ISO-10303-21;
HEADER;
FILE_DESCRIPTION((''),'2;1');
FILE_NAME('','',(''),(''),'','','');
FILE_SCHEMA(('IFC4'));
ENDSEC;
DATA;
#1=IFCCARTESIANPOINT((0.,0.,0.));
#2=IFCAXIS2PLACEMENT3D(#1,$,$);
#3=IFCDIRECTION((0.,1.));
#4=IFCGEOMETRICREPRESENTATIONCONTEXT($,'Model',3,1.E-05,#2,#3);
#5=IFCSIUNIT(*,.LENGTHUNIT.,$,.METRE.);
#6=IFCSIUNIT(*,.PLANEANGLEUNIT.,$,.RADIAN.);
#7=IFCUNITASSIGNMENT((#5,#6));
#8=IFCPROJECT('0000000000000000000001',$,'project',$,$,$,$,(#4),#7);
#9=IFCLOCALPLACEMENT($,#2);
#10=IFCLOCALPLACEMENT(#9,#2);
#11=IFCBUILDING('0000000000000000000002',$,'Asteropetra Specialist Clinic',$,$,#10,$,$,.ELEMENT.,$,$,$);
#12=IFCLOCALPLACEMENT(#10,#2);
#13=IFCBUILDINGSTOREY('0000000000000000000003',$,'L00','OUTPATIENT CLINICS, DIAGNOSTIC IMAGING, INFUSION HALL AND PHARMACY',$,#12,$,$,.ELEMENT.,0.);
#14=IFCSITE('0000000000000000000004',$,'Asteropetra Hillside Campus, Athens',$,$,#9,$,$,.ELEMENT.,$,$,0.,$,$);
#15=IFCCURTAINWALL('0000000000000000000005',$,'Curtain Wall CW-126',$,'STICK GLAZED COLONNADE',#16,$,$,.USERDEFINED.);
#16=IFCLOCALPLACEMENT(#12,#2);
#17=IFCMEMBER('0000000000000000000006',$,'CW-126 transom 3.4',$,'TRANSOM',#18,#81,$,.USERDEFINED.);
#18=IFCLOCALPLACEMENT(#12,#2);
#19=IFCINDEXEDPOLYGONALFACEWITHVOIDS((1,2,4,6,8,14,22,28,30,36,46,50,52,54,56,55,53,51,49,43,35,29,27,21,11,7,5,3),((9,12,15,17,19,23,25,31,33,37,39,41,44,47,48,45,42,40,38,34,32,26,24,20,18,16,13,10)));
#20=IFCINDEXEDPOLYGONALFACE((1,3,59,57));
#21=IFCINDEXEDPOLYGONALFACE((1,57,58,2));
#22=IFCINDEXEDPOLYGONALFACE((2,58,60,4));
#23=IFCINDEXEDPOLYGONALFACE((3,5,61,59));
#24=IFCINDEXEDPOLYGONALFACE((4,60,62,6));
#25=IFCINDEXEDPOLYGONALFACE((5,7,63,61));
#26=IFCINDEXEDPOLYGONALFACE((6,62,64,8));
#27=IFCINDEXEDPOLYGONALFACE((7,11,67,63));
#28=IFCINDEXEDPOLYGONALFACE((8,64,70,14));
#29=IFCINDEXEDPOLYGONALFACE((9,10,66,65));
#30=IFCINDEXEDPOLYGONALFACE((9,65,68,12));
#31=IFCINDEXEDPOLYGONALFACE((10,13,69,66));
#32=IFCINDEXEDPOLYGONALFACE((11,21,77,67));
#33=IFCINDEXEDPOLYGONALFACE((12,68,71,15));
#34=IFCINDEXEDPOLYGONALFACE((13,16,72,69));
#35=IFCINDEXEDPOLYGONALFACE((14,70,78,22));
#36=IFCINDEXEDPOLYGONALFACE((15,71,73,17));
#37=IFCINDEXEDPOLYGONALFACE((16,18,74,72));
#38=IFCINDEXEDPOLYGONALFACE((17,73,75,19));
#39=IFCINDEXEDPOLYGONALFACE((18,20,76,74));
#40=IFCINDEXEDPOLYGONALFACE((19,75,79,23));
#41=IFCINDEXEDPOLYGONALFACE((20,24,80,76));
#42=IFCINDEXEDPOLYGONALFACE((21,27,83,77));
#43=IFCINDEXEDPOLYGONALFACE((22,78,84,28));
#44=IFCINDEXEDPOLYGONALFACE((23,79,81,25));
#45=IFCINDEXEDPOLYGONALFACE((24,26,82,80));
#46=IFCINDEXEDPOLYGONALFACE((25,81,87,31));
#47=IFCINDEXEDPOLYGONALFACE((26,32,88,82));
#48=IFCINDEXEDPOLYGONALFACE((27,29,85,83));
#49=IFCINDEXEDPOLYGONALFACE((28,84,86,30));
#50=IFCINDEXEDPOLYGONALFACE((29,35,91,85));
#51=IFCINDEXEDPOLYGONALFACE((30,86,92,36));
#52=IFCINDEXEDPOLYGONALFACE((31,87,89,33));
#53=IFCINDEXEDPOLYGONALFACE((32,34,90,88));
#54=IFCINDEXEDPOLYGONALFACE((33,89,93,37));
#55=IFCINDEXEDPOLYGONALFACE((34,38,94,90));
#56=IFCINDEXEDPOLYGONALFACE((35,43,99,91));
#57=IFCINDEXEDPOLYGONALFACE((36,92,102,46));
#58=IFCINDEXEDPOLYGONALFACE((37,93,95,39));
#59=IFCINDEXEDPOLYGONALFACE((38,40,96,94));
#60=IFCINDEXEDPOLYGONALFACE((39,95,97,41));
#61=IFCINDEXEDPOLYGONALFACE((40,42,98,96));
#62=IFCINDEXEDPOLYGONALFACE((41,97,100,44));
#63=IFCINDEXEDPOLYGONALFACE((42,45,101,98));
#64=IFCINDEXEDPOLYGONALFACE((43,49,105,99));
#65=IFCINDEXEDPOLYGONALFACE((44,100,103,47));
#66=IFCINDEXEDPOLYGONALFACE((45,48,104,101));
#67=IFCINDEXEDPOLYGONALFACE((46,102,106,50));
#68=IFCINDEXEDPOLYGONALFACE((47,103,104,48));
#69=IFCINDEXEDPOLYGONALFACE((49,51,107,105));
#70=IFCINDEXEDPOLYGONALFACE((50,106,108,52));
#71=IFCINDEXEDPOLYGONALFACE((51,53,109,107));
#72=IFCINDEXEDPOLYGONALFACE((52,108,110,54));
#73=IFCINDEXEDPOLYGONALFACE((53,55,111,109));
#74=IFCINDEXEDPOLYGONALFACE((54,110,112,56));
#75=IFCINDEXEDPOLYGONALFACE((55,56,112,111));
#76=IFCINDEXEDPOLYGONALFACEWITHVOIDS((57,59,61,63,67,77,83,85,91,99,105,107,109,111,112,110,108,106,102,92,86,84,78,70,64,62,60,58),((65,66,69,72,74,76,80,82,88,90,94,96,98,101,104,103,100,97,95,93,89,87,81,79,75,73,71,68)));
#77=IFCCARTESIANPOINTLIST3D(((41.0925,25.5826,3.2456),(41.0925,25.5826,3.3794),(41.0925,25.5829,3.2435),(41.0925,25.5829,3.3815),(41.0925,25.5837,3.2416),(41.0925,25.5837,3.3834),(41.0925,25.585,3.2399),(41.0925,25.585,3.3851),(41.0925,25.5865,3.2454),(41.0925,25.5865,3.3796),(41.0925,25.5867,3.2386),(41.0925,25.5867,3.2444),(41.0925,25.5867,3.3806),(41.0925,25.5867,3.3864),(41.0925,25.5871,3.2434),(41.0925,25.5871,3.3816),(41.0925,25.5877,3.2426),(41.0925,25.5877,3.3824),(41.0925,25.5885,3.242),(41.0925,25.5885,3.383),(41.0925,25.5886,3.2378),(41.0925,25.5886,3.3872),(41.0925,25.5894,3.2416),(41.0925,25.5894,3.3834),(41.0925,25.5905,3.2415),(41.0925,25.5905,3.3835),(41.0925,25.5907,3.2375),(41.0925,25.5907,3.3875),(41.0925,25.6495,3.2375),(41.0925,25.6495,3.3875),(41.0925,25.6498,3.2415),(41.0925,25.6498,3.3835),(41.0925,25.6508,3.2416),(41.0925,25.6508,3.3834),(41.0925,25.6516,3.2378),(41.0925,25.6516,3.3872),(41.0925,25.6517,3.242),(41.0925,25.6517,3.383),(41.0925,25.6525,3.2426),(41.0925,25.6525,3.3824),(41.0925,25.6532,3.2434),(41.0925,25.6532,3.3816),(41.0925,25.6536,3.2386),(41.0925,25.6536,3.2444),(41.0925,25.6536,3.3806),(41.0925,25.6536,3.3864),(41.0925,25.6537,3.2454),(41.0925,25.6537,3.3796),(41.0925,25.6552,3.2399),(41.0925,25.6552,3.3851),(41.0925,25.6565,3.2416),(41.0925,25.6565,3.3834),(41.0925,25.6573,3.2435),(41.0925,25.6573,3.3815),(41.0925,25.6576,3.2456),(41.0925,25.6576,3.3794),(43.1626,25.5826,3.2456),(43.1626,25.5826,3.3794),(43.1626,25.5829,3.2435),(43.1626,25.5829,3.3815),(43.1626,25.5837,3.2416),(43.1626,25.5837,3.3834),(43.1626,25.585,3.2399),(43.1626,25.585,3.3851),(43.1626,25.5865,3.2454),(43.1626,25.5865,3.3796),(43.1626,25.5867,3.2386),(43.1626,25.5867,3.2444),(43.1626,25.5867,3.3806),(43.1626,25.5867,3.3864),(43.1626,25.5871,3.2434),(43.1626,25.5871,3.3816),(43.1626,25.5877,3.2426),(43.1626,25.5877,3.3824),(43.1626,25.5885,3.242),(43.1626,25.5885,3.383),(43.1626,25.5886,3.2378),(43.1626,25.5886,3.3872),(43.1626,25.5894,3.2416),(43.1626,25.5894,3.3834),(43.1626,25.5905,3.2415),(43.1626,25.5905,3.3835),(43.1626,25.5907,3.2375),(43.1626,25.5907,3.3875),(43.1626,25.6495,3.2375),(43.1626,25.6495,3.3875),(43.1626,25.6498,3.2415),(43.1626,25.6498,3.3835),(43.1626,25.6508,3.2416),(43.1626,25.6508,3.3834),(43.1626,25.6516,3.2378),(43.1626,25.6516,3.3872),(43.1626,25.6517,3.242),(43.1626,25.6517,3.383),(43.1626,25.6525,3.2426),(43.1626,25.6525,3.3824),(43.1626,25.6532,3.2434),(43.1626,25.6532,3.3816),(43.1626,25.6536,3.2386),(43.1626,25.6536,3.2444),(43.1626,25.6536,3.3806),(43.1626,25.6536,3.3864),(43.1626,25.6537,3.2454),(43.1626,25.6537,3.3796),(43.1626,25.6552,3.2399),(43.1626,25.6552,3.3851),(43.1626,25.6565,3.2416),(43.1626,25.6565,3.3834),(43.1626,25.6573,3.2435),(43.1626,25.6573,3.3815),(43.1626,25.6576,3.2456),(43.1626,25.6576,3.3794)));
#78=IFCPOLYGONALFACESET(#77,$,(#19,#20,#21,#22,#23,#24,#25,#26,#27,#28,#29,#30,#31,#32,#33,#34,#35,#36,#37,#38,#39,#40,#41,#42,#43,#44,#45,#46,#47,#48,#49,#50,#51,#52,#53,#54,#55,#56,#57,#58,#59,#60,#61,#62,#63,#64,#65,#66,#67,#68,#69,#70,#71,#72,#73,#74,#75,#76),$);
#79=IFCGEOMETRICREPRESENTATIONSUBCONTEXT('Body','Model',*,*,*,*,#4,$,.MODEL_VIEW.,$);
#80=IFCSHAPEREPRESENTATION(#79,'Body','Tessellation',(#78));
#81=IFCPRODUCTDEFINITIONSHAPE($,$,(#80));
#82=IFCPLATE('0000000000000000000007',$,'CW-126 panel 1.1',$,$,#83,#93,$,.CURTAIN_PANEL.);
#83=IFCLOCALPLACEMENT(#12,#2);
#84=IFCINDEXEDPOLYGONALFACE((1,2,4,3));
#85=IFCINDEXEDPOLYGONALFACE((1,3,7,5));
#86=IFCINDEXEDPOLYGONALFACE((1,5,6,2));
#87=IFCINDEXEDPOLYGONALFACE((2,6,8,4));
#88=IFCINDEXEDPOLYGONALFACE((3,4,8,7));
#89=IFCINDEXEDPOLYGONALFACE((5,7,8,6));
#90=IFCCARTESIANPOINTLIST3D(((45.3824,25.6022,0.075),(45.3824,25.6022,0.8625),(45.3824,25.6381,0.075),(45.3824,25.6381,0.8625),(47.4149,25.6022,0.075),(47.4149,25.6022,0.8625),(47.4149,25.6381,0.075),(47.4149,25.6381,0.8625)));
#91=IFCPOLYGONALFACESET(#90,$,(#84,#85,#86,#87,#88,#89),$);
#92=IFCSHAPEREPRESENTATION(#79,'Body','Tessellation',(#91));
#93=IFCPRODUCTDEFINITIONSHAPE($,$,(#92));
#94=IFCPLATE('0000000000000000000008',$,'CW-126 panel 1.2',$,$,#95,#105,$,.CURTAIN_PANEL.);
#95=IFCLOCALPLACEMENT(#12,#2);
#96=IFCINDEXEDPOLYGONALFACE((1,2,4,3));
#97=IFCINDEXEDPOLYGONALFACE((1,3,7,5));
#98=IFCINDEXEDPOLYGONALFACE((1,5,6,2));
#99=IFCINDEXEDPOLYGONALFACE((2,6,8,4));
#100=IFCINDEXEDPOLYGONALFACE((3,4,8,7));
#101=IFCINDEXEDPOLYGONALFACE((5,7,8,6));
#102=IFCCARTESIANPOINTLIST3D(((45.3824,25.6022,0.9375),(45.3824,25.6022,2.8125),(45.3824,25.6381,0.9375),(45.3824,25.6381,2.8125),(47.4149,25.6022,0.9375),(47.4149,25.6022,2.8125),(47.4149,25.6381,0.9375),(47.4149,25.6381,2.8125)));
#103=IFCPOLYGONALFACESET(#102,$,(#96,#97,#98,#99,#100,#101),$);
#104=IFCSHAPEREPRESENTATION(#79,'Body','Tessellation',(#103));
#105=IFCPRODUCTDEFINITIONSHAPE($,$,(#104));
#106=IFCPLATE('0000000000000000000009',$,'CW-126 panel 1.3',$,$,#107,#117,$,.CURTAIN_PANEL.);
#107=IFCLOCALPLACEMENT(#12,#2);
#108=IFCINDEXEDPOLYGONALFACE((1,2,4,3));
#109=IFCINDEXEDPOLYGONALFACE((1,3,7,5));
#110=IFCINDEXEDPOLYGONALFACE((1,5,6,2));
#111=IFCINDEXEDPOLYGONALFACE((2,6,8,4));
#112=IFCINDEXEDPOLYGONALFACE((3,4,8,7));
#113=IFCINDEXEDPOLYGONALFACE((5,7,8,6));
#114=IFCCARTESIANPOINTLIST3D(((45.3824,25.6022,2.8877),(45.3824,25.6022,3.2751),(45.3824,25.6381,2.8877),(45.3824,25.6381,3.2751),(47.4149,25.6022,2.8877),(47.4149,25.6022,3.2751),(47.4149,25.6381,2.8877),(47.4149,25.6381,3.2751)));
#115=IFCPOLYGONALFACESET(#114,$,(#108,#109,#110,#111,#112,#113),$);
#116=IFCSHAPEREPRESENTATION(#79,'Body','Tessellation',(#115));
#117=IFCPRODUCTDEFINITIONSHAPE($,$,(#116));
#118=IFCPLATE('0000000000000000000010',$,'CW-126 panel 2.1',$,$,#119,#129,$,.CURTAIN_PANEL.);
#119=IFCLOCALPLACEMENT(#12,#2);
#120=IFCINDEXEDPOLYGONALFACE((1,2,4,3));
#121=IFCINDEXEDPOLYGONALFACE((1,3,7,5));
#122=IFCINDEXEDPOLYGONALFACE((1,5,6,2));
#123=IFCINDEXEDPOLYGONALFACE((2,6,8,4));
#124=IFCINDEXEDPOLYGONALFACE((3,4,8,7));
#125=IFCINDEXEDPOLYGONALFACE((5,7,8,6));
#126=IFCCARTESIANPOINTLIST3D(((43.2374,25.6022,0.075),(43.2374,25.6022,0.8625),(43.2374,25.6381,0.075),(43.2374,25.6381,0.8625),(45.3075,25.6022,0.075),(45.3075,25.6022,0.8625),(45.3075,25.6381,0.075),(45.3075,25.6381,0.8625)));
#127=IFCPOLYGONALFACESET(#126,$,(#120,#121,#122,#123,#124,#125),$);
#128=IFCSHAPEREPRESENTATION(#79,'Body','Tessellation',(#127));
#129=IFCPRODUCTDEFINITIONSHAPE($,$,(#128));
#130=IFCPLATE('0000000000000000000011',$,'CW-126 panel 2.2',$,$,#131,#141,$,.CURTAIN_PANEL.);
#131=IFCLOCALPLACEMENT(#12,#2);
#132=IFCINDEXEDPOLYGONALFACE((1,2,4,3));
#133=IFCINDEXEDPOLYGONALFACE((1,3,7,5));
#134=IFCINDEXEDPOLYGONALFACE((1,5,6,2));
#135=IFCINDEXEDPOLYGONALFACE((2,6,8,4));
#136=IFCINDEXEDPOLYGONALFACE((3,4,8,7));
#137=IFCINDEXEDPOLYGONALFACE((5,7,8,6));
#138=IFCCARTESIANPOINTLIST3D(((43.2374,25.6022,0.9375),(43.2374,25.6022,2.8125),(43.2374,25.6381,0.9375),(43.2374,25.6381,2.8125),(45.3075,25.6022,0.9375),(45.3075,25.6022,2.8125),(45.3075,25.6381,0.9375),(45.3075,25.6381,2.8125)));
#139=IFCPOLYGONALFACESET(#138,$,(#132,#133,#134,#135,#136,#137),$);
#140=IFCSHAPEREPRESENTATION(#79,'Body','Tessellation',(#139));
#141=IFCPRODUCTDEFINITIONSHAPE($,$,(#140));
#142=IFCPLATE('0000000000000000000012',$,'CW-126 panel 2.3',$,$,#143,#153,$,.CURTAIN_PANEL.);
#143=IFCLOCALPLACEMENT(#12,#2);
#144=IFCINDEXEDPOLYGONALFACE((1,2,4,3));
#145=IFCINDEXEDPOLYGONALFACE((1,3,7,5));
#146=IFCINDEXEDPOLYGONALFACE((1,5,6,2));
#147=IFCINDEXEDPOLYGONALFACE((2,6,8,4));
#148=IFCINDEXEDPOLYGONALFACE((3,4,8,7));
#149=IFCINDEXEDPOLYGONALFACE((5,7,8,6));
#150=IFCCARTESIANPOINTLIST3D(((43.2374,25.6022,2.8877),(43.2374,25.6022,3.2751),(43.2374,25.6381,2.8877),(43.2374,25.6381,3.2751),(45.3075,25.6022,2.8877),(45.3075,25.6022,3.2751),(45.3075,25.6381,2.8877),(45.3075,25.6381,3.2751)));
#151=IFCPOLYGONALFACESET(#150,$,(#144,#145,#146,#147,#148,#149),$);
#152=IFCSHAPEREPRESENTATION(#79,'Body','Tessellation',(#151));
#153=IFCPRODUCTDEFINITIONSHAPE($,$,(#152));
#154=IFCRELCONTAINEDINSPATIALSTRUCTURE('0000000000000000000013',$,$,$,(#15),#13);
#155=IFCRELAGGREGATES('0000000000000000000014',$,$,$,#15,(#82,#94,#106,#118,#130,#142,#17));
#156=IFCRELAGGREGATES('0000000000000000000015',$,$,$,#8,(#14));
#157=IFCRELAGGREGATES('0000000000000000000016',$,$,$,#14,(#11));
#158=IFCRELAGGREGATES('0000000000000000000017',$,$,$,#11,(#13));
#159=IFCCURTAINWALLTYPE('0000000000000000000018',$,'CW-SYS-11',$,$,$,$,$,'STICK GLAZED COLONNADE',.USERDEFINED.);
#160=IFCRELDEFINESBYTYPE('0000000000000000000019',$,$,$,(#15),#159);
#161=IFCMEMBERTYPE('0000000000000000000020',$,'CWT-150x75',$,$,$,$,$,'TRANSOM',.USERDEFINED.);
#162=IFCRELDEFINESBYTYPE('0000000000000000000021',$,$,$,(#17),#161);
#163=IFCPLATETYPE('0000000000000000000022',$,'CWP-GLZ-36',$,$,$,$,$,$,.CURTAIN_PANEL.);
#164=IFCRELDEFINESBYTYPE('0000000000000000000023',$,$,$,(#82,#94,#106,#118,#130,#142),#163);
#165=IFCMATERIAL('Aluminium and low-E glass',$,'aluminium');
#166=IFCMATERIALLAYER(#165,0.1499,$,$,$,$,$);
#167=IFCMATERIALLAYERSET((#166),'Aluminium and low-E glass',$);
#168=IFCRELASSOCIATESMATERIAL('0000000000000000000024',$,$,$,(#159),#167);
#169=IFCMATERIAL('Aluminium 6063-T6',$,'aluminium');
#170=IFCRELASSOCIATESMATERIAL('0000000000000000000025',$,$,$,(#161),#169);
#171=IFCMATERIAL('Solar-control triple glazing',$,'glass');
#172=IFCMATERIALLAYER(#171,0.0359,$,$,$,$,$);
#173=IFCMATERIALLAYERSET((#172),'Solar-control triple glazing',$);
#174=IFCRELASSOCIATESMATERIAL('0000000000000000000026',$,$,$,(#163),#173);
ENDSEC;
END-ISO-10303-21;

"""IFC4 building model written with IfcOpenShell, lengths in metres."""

from ifc_helpers import new_model, si_unit, direction, frame, origin, origin_2d, place, context, subcontext, project, spatial, rectangle, hollow_rectangle, extrude, material, layer, layer_set, material_profile, profile_set, type_object, element, aggregate, save


model = new_model("IFC4")

# Units and contexts
model_context = context("Model", 3, precision=1e-05, world=origin(), true_north=direction((0.0, 1.0)))
body_context = subcontext(model_context, "Body", "Model", "MODEL_VIEW")
ifc_project = project(units=[si_unit("LENGTHUNIT", "METRE"), si_unit("PLANEANGLEUNIT", "RADIAN")], contexts=[model_context])

# Site, building, storey
site_placement = place(None, origin())
site = spatial("IfcSite", under=ifc_project, at=site_placement, Name="Asteropetra Hillside Campus, Athens", CompositionType="ELEMENT", RefElevation=0.0)
building_placement = place(site_placement, origin())
building = spatial("IfcBuilding", under=site, at=building_placement, Name="Asteropetra Specialist Clinic", CompositionType="ELEMENT")
storey_placement = place(building_placement, origin())
storey = spatial("IfcBuildingStorey", under=building, at=storey_placement, Name="L00", Description="OUTPATIENT CLINICS, DIAGNOSTIC IMAGING, INFUSION HALL AND PHARMACY", CompositionType="ELEMENT", Elevation=0.0)

# Curtain wall, member, plates
ifc_material_1 = material(Name="Aluminium and low-E glass", Category="aluminium")
ifc_layer_1 = layer(ifc_material_1, 0.1499)
ifc_layer_set_1 = layer_set([ifc_layer_1], Name="Aluminium and low-E glass")
curtain_wall_type = type_object("IfcCurtainWallType", Name="CW-SYS-11", ElementType="STICK GLAZED COLONNADE", PredefinedType="USERDEFINED", material=ifc_layer_set_1)
curtain_wall_placement = place(storey_placement, origin())
curtain_wall = element("IfcCurtainWall", 1, at=curtain_wall_placement, inside=storey, type_object=curtain_wall_type, Name="Curtain Wall CW-126", ObjectType="STICK GLAZED COLONNADE", PredefinedType="USERDEFINED")
ifc_material_2 = material(Name="Aluminium 6063-T6", Category="aluminium")
ifc_material_profile_1 = material_profile(ifc_material_2, hollow_rectangle(XDim=0.075, YDim=0.1499, WallThickness=0.0039, InnerFilletRadius=0.0039, OuterFilletRadius=0.0081, at=origin_2d()), Name="TRN 150x75x4.0")
ifc_profile_set_1 = profile_set([ifc_material_profile_1], Name="Aluminium 6063-T6")
member_type_1 = type_object("IfcMemberType", Name="CWT-150x75", ElementType="TRANSOM", PredefinedType="USERDEFINED", material=ifc_profile_set_1)
member_1_placement = place(storey_placement, frame((43.1626, 25.6201, 3.3125), z_axis=(-1.0, 0.0, 0.0), x_axis=(0.0, -1.0, 0.0)))
member_1 = element("IfcMember", 2, at=member_1_placement, type_object=member_type_1, Name="CW-126 transom 3.4", ObjectType="TRANSOM", PredefinedType="USERDEFINED", context=body_context, shape_type="SweptSolid", body=[
    extrude(hollow_rectangle(XDim=0.075, YDim=0.1499, WallThickness=0.0039, InnerFilletRadius=0.0039, OuterFilletRadius=0.0081, at=origin_2d()), origin(), (0.0, 0.0, 1.0), 2.0701),
])
ifc_material_3 = material(Name="Solar-control triple glazing", Category="glass")
ifc_layer_2 = layer(ifc_material_3, 0.0359)
ifc_layer_set_2 = layer_set([ifc_layer_2], Name="Solar-control triple glazing")
plate_type = type_object("IfcPlateType", Name="CWP-GLZ-36", PredefinedType="CURTAIN_PANEL", material=ifc_layer_set_2)
plate_1_placement = place(storey_placement, frame((46.3987, 25.6201, 0.075), z_axis=(0.0, 0.0, 1.0), x_axis=(-1.0, 0.0, 0.0)))
plate_1 = element("IfcPlate", 3, at=plate_1_placement, type_object=plate_type, Name="CW-126 panel 1.1", PredefinedType="CURTAIN_PANEL", context=body_context, shape_type="SweptSolid", body=[
    extrude(rectangle(XDim=2.0325, YDim=0.0359, at=origin_2d()), origin(), (0.0, 0.0, 1.0), 0.7876),
])
plate_2_placement = place(storey_placement, frame((46.3987, 25.6201, 0.9375), z_axis=(0.0, 0.0, 1.0), x_axis=(-1.0, 0.0, 0.0)))
plate_2 = element("IfcPlate", 4, at=plate_2_placement, type_object=plate_type, Name="CW-126 panel 1.2", PredefinedType="CURTAIN_PANEL", context=body_context, shape_type="SweptSolid", body=[
    extrude(rectangle(XDim=2.0325, YDim=0.0359, at=origin_2d()), origin(), (0.0, 0.0, 1.0), 1.875),
])
plate_3_placement = place(storey_placement, frame((46.3987, 25.6201, 2.8877), z_axis=(0.0, 0.0, 1.0), x_axis=(-1.0, 0.0, 0.0)))
plate_3 = element("IfcPlate", 5, at=plate_3_placement, type_object=plate_type, Name="CW-126 panel 1.3", PredefinedType="CURTAIN_PANEL", context=body_context, shape_type="SweptSolid", body=[
    extrude(rectangle(XDim=2.0325, YDim=0.0359, at=origin_2d()), origin(), (0.0, 0.0, 1.0), 0.3875),
])
plate_4_placement = place(storey_placement, frame((44.2725, 25.6201, 0.075), z_axis=(0.0, 0.0, 1.0), x_axis=(-1.0, 0.0, 0.0)))
plate_4 = element("IfcPlate", 6, at=plate_4_placement, type_object=plate_type, Name="CW-126 panel 2.1", PredefinedType="CURTAIN_PANEL", context=body_context, shape_type="SweptSolid", body=[
    extrude(rectangle(XDim=2.0701, YDim=0.0359, at=origin_2d()), origin(), (0.0, 0.0, 1.0), 0.7876),
])
plate_5_placement = place(storey_placement, frame((44.2725, 25.6201, 0.9375), z_axis=(0.0, 0.0, 1.0), x_axis=(-1.0, 0.0, 0.0)))
plate_5 = element("IfcPlate", 7, at=plate_5_placement, type_object=plate_type, Name="CW-126 panel 2.2", PredefinedType="CURTAIN_PANEL", context=body_context, shape_type="SweptSolid", body=[
    extrude(rectangle(XDim=2.0701, YDim=0.0359, at=origin_2d()), origin(), (0.0, 0.0, 1.0), 1.875),
])
plate_6_placement = place(storey_placement, frame((44.2725, 25.6201, 2.8877), z_axis=(0.0, 0.0, 1.0), x_axis=(-1.0, 0.0, 0.0)))
plate_6 = element("IfcPlate", 8, at=plate_6_placement, type_object=plate_type, Name="CW-126 panel 2.3", PredefinedType="CURTAIN_PANEL", context=body_context, shape_type="SweptSolid", body=[
    extrude(rectangle(XDim=2.0701, YDim=0.0359, at=origin_2d()), origin(), (0.0, 0.0, 1.0), 0.3875),
])
aggregate(curtain_wall, [plate_1, plate_2, plate_3, plate_4, plate_5, plate_6, member_1])

save(model, "model.ifc")
